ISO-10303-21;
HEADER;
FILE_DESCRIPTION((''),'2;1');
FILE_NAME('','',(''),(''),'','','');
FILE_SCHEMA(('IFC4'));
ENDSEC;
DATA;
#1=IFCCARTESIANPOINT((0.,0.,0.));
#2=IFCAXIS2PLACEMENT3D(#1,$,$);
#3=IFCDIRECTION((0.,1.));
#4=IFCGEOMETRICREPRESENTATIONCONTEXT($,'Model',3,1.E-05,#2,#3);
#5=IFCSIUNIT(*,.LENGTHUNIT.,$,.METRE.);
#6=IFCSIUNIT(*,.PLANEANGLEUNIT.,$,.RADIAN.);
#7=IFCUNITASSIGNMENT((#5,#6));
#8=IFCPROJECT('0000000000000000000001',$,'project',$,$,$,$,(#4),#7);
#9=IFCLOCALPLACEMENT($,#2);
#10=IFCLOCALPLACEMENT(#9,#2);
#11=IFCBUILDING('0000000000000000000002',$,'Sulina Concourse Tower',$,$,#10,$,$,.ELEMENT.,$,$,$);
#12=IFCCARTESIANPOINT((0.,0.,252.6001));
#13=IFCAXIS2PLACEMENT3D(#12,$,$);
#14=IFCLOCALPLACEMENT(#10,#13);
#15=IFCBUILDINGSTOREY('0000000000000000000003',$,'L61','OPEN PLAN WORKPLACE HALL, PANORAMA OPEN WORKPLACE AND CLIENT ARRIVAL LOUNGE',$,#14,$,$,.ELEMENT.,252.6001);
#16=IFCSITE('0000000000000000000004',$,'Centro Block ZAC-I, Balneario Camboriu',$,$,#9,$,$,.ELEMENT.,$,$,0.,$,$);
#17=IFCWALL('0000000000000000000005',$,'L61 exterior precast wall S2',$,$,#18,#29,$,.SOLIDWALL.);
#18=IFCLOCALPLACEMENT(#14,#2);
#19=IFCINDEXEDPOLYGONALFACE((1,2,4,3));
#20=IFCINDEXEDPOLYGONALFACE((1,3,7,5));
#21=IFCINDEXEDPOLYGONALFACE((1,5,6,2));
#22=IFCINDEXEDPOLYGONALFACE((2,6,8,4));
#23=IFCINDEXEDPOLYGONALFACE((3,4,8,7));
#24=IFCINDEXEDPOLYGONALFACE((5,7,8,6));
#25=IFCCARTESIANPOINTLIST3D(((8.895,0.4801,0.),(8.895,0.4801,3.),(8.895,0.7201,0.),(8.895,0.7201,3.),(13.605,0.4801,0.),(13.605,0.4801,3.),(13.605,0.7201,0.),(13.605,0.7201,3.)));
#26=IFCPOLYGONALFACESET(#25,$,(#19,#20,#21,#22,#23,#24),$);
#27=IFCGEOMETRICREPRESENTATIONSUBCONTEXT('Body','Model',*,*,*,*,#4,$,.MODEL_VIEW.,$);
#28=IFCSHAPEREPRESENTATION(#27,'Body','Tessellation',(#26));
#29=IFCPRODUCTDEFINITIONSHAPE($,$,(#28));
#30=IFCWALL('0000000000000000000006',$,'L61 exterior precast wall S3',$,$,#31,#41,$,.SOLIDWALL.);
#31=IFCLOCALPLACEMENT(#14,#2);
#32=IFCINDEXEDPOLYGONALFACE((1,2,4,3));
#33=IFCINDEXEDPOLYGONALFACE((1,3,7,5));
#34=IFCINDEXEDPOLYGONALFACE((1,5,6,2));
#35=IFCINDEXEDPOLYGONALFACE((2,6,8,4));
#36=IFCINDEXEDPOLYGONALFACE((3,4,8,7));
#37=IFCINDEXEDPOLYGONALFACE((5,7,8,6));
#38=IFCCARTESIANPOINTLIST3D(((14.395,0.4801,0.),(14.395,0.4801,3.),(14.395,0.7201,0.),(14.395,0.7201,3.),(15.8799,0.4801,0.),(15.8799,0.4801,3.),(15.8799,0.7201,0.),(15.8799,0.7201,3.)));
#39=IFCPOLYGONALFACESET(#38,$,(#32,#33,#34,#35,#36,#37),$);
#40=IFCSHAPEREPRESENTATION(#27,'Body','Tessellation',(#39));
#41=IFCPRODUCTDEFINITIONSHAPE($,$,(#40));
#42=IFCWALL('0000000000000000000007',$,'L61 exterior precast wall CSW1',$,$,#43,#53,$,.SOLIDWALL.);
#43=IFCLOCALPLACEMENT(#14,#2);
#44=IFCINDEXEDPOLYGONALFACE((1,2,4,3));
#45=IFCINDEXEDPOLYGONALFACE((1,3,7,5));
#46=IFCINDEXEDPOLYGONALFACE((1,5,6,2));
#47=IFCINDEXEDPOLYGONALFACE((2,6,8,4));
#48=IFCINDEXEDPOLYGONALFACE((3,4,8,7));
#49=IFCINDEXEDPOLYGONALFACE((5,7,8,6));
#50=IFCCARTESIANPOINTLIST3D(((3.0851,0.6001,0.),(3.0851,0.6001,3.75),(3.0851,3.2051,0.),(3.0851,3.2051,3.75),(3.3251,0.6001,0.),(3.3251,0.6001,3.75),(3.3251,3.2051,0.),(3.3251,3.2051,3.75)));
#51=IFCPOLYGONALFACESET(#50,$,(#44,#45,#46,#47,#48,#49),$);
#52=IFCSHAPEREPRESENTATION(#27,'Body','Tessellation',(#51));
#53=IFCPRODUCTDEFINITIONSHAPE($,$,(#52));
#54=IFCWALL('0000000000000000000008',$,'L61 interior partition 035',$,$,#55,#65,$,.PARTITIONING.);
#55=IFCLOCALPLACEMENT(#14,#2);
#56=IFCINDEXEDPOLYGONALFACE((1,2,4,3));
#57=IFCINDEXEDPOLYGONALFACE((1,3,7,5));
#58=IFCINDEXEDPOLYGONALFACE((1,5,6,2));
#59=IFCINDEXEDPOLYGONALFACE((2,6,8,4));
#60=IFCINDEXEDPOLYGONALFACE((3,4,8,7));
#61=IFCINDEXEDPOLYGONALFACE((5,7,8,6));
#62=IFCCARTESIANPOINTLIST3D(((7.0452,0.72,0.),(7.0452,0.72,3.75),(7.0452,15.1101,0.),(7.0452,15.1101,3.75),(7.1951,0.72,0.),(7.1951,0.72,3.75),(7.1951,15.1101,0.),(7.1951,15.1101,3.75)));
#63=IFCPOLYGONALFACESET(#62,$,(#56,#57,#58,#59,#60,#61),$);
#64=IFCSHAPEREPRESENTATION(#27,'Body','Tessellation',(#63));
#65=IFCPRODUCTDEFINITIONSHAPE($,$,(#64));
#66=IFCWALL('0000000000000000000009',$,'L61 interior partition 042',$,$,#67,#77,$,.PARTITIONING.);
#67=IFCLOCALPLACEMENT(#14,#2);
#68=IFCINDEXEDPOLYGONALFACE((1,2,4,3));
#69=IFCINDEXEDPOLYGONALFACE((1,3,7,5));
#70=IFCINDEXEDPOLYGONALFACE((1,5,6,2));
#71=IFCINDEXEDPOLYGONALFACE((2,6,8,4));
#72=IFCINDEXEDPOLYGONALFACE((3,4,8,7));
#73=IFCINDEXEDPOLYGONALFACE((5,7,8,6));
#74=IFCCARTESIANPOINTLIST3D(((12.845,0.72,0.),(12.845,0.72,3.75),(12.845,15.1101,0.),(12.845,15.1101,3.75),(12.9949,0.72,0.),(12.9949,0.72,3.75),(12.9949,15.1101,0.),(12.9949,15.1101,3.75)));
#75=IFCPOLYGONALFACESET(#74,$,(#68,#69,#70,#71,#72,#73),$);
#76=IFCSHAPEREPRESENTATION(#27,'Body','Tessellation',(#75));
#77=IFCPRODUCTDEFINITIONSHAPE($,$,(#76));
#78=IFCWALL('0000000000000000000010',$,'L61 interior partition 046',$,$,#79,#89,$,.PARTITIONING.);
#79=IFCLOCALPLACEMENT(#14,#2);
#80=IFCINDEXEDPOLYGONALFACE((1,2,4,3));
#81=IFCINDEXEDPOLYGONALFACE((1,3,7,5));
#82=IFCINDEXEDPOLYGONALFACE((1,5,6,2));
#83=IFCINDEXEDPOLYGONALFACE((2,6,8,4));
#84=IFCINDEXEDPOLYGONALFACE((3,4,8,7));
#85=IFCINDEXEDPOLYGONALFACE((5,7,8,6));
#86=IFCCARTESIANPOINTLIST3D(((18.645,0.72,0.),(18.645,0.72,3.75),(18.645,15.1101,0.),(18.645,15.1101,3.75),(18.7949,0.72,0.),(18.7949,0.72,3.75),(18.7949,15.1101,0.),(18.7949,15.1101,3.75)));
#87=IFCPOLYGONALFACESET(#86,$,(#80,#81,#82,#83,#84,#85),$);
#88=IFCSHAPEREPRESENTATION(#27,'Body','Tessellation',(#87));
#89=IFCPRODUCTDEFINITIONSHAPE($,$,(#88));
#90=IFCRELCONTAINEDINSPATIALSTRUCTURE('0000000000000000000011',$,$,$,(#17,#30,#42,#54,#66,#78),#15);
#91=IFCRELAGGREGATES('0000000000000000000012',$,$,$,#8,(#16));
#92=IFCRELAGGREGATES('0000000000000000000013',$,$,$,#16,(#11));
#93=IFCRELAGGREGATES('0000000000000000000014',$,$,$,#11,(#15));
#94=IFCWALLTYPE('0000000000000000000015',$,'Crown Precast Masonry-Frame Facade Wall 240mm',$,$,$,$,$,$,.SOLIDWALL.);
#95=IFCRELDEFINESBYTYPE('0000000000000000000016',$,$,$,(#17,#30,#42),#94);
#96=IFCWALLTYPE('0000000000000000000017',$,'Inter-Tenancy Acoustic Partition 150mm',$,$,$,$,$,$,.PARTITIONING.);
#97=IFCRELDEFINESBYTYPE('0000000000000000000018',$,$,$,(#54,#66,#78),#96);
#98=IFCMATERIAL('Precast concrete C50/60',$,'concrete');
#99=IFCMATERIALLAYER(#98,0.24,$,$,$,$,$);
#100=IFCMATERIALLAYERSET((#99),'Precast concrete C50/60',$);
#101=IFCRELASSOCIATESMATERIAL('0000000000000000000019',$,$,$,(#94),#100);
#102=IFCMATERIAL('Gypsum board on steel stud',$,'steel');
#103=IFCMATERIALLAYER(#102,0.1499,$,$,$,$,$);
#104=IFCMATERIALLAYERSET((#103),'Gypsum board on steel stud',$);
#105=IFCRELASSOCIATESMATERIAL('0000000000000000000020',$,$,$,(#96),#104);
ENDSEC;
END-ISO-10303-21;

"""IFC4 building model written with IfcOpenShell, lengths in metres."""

from ifc_helpers import new_model, si_unit, direction, frame, frame_2d, origin, place, context, subcontext, project, spatial, rectangle, extrude, material, layer, layer_set, type_object, element, save


model = new_model("IFC4")

# Units and contexts
model_context = context("Model", 3, precision=1e-05, world=origin(), true_north=direction((0.0, 1.0)))
body_context = subcontext(model_context, "Body", "Model", "MODEL_VIEW")
ifc_project = project(units=[si_unit("LENGTHUNIT", "METRE"), si_unit("PLANEANGLEUNIT", "RADIAN")], contexts=[model_context])

# Site, building, storey
site_placement = place(None, origin())
site = spatial("IfcSite", under=ifc_project, at=site_placement, Name="Centro Block ZAC-I, Balneario Camboriu", CompositionType="ELEMENT", RefElevation=0.0)
building_placement = place(site_placement, origin())
building = spatial("IfcBuilding", under=site, at=building_placement, Name="Sulina Concourse Tower", CompositionType="ELEMENT")
storey_placement = place(building_placement, frame((0.0, 0.0, 252.6001)))
storey = spatial("IfcBuildingStorey", under=building, at=storey_placement, Name="L61", Description="OPEN PLAN WORKPLACE HALL, PANORAMA OPEN WORKPLACE AND CLIENT ARRIVAL LOUNGE", CompositionType="ELEMENT", Elevation=252.6001)

# Walls
ifc_material_1 = material(Name="Precast concrete C50/60", Category="concrete")
ifc_layer_1 = layer(ifc_material_1, 0.24)
ifc_layer_set_1 = layer_set([ifc_layer_1], Name="Precast concrete C50/60")
wall_type_1 = type_object("IfcWallType", Name="Crown Precast Masonry-Frame Facade Wall 240mm", PredefinedType="SOLIDWALL", material=ifc_layer_set_1)
wall_1_placement = place(storey_placement, frame((13.605, 0.6001, 0.0), z_axis=(0.0, 0.0, 1.0), x_axis=(-1.0, 0.0, 0.0)))
element("IfcWall", 1, at=wall_1_placement, inside=storey, type_object=wall_type_1, Name="L61 exterior precast wall S2", PredefinedType="SOLIDWALL", context=body_context, shape_type="SweptSolid", body=[
    extrude(rectangle(XDim=4.71, YDim=0.24, at=frame_2d((2.355, 0.0))), origin(), (0.0, 0.0, 1.0), 3.0),
])
wall_2_placement = place(storey_placement, frame((15.8799, 0.6001, 0.0), z_axis=(0.0, 0.0, 1.0), x_axis=(-1.0, 0.0, 0.0)))
element("IfcWall", 2, at=wall_2_placement, inside=storey, type_object=wall_type_1, Name="L61 exterior precast wall S3", PredefinedType="SOLIDWALL", context=body_context, shape_type="SweptSolid", body=[
    extrude(rectangle(XDim=1.4849, YDim=0.24, at=frame_2d((0.7424, 0.0))), origin(), (0.0, 0.0, 1.0), 3.0),
])
wall_3_placement = place(storey_placement, frame((3.2051, 0.6001, 0.0), z_axis=(0.0, 0.0, 1.0), x_axis=(0.0, 1.0, 0.0)))
element("IfcWall", 3, at=wall_3_placement, inside=storey, type_object=wall_type_1, Name="L61 exterior precast wall CSW1", PredefinedType="SOLIDWALL", context=body_context, shape_type="SweptSolid", body=[
    extrude(rectangle(XDim=2.605, YDim=0.24, at=frame_2d((1.3025, 0.0))), origin(), (0.0, 0.0, 1.0), 3.75),
])
ifc_material_2 = material(Name="Gypsum board on steel stud", Category="steel")
ifc_layer_2 = layer(ifc_material_2, 0.1499)
ifc_layer_set_2 = layer_set([ifc_layer_2], Name="Gypsum board on steel stud")
wall_type_2 = type_object("IfcWallType", Name="Inter-Tenancy Acoustic Partition 150mm", PredefinedType="PARTITIONING", material=ifc_layer_set_2)
for number, where, z_axis, x_axis, name in (
    (4, (7.1201, 0.72, 0.0), (0.0, 0.0, 1.0), (0.0, 1.0, 0.0), "L61 interior partition 035"),
    (5, (12.9199, 0.72, 0.0), (0.0, 0.0, 1.0), (0.0, 1.0, 0.0), "L61 interior partition 042"),
    (6, (18.72, 0.72, 0.0), (0.0, 0.0, 1.0), (0.0, 1.0, 0.0), "L61 interior partition 046"),
):
    element("IfcWall", number, at=place(storey_placement, frame(where, z_axis=z_axis, x_axis=x_axis)), inside=storey, type_object=wall_type_2, Name=name, PredefinedType="PARTITIONING", context=body_context, shape_type="SweptSolid", body=[
        extrude(rectangle(XDim=14.3901, YDim=0.1499, at=frame_2d((7.1951, 0.0))), origin(), (0.0, 0.0, 1.0), 3.75),
    ])

save(model, "model.ifc")
